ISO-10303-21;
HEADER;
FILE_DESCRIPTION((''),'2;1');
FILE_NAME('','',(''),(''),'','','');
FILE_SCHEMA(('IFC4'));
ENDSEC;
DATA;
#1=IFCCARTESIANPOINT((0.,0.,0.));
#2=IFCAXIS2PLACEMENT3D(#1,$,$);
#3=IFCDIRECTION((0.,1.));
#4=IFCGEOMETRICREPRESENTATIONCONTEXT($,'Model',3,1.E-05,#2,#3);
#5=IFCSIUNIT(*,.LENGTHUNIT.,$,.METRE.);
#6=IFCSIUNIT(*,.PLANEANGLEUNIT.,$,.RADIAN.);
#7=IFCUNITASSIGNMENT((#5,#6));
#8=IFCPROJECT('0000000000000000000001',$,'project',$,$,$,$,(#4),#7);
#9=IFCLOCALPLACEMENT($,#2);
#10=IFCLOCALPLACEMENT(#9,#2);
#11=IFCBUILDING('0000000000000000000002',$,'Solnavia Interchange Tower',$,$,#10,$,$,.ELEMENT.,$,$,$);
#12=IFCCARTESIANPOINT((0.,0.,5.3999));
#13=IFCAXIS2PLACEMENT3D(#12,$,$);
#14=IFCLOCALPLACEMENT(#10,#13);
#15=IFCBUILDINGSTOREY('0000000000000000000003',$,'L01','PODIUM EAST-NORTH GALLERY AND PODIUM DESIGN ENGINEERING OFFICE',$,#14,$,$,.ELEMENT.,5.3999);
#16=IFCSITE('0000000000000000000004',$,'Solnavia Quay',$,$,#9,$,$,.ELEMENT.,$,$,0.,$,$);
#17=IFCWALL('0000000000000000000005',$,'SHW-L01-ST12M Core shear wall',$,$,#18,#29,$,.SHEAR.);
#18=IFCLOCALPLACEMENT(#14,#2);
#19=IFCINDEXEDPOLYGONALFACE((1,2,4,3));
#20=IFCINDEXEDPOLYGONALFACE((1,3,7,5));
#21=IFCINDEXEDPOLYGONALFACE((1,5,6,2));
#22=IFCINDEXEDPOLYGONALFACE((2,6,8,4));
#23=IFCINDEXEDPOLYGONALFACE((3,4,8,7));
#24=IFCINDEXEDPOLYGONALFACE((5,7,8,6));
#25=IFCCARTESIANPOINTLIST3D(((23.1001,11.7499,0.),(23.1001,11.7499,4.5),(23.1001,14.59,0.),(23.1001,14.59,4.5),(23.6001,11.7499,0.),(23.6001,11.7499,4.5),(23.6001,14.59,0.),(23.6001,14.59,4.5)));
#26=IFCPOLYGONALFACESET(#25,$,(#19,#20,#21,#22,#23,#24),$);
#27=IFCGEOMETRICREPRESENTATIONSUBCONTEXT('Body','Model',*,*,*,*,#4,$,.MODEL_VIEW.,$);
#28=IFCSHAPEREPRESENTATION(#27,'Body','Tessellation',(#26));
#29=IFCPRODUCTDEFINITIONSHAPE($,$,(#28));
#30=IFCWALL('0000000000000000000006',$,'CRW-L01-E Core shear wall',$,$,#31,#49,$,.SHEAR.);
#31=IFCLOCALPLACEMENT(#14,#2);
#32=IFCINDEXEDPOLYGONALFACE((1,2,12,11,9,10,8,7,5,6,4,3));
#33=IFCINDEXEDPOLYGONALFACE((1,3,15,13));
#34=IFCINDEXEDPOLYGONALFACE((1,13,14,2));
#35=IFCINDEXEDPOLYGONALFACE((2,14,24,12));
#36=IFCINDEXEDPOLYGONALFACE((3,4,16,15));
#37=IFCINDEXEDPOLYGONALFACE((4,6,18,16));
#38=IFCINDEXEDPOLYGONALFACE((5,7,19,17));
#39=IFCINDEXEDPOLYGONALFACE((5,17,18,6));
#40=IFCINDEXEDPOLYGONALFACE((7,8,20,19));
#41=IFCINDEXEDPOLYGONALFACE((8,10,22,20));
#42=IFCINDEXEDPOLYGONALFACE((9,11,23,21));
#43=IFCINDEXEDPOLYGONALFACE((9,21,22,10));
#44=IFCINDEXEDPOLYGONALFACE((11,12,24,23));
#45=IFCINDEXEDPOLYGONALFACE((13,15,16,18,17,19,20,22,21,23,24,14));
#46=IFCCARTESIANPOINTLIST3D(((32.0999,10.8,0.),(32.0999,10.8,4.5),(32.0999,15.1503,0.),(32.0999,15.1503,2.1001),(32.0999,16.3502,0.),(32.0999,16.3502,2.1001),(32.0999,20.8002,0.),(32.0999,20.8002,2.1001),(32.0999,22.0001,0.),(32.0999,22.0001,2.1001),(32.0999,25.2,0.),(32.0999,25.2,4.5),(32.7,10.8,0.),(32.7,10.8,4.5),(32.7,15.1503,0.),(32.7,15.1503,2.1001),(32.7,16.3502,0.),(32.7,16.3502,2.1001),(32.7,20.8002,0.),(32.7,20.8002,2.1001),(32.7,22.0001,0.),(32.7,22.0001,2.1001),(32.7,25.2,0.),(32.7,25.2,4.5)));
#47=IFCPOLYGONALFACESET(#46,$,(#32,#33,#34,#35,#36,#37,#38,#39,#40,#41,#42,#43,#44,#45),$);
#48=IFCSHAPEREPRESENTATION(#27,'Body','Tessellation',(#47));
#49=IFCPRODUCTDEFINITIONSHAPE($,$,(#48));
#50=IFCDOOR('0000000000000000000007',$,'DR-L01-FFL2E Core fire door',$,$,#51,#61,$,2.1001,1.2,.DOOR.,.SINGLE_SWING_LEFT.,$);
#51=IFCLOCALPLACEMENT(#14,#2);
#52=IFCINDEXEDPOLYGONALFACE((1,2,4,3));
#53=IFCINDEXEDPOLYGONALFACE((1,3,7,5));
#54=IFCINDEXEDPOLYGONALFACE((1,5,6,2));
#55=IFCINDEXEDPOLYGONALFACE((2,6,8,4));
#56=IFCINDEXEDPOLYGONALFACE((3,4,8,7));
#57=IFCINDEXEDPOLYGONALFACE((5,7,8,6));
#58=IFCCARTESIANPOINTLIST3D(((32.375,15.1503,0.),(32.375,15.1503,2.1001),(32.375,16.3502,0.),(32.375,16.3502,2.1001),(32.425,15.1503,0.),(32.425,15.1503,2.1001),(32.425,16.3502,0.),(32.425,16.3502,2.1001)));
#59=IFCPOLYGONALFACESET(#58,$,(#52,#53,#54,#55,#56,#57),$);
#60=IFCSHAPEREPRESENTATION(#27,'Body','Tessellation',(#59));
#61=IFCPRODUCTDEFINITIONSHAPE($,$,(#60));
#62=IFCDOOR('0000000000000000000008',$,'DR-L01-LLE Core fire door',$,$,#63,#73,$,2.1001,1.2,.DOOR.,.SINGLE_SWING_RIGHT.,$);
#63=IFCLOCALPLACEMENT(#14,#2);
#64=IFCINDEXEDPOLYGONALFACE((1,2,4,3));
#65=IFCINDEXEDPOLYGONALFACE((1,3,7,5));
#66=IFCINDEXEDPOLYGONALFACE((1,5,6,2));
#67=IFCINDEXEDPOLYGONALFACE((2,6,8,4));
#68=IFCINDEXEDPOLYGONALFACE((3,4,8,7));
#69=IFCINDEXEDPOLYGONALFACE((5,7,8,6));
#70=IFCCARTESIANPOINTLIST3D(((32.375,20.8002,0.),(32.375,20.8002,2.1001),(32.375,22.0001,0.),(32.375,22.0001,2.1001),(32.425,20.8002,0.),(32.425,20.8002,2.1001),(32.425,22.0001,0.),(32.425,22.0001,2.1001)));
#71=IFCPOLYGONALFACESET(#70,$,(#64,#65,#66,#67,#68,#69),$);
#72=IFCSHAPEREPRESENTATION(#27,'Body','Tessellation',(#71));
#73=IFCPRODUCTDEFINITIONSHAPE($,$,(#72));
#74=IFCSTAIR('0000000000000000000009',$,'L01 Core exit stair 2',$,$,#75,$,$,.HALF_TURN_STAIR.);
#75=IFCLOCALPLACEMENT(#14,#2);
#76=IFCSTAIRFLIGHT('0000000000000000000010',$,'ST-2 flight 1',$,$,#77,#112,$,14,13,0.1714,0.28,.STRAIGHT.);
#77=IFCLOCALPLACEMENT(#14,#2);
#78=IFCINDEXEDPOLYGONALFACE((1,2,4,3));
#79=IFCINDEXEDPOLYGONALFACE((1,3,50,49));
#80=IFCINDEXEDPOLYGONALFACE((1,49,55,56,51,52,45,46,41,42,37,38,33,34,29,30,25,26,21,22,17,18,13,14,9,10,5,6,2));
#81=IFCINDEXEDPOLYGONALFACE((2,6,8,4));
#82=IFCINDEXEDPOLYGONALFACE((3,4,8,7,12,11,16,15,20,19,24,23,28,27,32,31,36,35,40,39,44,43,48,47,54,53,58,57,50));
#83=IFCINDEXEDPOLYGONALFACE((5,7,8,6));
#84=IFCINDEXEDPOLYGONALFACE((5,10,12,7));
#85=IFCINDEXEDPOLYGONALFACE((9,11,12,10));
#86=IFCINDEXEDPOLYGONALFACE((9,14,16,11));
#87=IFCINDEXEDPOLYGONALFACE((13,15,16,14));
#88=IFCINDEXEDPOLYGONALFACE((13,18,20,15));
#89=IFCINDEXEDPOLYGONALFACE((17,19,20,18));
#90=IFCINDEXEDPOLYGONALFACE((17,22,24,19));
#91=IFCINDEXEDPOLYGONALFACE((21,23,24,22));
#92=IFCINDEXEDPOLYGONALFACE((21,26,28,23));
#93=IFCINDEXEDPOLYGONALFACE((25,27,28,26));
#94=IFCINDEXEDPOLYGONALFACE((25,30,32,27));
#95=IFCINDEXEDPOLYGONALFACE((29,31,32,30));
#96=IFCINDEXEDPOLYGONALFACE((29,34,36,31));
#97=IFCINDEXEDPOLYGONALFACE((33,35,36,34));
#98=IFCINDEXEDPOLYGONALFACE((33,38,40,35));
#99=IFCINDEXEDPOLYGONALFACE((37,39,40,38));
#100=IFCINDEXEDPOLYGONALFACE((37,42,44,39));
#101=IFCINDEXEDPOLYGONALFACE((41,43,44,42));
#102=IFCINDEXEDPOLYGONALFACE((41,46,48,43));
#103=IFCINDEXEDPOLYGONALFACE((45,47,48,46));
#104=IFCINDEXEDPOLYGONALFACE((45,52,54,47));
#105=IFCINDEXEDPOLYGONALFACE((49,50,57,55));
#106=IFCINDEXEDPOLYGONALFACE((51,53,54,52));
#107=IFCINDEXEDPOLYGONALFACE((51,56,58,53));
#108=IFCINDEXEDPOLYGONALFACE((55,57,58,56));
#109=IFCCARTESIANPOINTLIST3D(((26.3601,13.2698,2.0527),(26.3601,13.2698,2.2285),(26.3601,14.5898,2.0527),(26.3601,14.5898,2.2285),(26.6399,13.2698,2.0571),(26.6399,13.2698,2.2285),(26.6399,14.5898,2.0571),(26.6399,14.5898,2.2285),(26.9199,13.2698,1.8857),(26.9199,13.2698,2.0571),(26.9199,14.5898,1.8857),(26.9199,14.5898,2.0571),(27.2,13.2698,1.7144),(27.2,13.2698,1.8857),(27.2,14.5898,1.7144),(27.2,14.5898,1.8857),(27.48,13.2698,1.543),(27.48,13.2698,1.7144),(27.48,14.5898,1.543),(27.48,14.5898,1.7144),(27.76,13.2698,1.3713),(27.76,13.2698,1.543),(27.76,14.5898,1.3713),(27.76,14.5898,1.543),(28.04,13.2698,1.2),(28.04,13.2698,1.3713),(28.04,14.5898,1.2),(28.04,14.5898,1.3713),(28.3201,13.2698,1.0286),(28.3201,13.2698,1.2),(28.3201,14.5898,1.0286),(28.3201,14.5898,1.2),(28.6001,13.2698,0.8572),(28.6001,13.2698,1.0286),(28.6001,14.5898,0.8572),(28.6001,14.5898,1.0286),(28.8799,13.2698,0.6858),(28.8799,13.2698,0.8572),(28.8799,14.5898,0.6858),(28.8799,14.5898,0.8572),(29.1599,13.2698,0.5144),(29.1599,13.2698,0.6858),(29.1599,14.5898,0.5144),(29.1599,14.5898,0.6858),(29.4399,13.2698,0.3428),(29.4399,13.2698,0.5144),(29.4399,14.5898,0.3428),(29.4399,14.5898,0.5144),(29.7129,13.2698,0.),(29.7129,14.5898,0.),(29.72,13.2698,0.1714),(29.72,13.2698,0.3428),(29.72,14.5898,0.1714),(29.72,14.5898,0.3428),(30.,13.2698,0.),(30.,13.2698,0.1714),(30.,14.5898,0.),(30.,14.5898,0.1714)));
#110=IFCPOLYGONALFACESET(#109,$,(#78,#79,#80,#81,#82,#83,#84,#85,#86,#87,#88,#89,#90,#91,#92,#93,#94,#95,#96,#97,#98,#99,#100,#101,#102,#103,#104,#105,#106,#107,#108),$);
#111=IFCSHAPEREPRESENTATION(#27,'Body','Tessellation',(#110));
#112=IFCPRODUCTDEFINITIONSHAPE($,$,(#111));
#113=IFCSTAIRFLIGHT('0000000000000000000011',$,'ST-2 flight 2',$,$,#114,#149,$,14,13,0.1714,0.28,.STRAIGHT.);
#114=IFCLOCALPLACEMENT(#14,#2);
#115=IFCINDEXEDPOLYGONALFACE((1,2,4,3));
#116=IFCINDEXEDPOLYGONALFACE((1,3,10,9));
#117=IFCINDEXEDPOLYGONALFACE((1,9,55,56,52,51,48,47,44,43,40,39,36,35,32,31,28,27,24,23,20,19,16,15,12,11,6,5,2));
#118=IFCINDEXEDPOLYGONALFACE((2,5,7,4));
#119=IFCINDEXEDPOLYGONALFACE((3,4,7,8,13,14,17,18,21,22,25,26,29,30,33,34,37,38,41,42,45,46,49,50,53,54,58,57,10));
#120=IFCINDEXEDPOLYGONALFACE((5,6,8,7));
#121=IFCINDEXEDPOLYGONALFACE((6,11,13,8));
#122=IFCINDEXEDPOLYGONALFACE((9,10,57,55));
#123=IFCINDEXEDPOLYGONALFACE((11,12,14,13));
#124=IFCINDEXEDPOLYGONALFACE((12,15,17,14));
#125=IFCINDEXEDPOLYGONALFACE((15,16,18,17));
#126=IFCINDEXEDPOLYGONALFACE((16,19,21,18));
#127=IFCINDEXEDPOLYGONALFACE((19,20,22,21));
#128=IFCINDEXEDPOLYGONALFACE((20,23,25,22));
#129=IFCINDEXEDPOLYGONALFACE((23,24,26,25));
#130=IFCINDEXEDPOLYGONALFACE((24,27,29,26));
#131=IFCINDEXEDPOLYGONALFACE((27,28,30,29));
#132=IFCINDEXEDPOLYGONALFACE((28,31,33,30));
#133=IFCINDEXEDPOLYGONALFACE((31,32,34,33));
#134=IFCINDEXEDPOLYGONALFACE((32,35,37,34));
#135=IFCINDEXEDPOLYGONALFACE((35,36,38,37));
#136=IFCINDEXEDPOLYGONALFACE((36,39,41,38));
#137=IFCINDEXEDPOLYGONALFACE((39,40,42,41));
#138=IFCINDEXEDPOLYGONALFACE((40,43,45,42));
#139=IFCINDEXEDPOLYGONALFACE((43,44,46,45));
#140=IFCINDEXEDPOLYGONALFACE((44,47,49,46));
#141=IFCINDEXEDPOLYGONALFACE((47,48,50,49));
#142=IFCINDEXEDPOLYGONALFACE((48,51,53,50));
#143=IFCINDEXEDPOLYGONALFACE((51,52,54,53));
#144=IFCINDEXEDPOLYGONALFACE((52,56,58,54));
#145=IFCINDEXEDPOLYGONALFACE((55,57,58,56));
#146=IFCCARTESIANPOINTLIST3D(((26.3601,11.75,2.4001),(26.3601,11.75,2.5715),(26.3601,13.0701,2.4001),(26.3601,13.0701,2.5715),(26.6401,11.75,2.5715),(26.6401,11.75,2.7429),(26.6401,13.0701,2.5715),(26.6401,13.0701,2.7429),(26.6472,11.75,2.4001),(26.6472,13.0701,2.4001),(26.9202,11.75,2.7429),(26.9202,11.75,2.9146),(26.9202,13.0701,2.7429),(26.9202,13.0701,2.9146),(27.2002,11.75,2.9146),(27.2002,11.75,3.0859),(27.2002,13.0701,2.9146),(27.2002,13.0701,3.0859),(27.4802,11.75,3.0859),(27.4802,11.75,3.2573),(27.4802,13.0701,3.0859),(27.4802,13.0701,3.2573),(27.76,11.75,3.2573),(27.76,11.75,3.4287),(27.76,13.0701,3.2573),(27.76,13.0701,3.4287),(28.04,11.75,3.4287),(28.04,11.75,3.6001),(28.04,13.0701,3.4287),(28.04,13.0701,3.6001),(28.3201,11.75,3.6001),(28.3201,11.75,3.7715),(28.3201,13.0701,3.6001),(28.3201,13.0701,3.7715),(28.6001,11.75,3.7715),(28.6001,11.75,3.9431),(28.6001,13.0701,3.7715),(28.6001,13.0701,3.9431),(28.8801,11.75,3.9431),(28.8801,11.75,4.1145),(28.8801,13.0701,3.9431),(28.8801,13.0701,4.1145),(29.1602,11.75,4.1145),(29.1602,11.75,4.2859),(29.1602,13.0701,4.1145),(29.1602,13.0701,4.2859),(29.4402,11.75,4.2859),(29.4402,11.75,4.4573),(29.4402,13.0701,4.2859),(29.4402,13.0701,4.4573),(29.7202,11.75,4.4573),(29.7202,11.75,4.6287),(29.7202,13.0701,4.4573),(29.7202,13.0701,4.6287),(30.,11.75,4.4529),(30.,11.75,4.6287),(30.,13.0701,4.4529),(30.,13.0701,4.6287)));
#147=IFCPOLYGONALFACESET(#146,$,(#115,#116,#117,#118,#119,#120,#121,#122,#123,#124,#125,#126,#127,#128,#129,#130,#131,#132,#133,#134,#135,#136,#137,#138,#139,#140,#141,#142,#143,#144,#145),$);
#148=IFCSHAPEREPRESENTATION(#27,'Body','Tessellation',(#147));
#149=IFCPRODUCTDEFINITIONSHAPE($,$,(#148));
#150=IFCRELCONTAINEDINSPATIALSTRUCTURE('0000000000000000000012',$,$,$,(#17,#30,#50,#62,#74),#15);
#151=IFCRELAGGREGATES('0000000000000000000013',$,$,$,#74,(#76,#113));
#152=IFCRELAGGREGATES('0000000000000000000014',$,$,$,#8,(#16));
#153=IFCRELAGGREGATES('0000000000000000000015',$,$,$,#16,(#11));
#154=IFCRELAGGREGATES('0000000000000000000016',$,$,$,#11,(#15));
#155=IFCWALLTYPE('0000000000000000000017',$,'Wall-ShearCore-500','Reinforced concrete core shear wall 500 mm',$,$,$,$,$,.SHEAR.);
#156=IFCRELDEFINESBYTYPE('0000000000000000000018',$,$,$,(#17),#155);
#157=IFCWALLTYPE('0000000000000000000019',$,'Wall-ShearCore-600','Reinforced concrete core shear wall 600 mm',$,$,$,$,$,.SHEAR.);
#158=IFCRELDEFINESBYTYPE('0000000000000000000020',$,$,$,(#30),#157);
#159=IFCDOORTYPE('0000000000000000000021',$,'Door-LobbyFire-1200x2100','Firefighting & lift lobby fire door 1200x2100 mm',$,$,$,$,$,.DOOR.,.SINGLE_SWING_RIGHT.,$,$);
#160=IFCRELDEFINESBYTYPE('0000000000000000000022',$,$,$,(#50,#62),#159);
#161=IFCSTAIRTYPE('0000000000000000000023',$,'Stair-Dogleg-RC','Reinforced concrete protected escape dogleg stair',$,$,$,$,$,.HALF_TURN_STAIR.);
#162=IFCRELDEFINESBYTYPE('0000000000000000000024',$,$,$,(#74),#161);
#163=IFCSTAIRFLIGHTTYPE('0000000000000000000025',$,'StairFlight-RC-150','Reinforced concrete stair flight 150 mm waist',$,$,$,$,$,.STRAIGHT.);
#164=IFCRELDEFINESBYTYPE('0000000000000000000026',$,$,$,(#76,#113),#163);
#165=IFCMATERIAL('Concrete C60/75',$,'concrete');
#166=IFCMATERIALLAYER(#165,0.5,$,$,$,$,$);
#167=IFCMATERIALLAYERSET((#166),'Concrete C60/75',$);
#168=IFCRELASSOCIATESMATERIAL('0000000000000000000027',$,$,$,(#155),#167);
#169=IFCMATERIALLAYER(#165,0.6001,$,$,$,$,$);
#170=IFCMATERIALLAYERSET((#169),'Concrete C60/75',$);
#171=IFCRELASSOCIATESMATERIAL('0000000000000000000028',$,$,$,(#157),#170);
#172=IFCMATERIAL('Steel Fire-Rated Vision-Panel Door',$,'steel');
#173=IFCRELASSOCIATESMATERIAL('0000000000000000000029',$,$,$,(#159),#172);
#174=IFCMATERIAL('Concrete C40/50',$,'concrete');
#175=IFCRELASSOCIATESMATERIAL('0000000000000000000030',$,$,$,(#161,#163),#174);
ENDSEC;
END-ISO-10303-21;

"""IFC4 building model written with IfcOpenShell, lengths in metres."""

from ifc_helpers import new_model, si_unit, direction, frame, frame_2d, origin, place, context, subcontext, project, spatial, polyline, rectangle, outline, extrude, material, layer, layer_set, type_object, element, fill, aggregate, save


model = new_model("IFC4")

# Units and contexts
model_context = context("Model", 3, precision=1e-05, world=origin(), true_north=direction((0.0, 1.0)))
body_context = subcontext(model_context, "Body", "Model", "MODEL_VIEW")
ifc_project = project(units=[si_unit("LENGTHUNIT", "METRE"), si_unit("PLANEANGLEUNIT", "RADIAN")], contexts=[model_context])

# Site, building, storey
site_placement = place(None, origin())
site = spatial("IfcSite", under=ifc_project, at=site_placement, Name="Solnavia Quay", CompositionType="ELEMENT", RefElevation=0.0)
building_placement = place(site_placement, origin())
building = spatial("IfcBuilding", under=site, at=building_placement, Name="Solnavia Interchange Tower", CompositionType="ELEMENT")
storey_placement = place(building_placement, frame((0.0, 0.0, 5.3999)))
storey = spatial("IfcBuildingStorey", under=building, at=storey_placement, Name="L01", Description="PODIUM EAST-NORTH GALLERY AND PODIUM DESIGN ENGINEERING OFFICE", CompositionType="ELEMENT", Elevation=5.3999)

# Shared definitions
ifc_material_1 = material(Name="Concrete C60/75", Category="concrete")

# Shared definitions
ifc_material_2 = material(Name="Concrete C40/50", Category="concrete")

# Wall
ifc_layer_1 = layer(ifc_material_1, 0.5)
ifc_layer_set_1 = layer_set([ifc_layer_1], Name="Concrete C60/75")
wall_type_1 = type_object("IfcWallType", Name="Wall-ShearCore-500", Description="Reinforced concrete core shear wall 500 mm", PredefinedType="SHEAR", material=ifc_layer_set_1)
wall_1_placement = place(storey_placement, frame((23.3501, 11.75, 0.0), z_axis=(0.0, 0.0, 1.0), x_axis=(0.0, 1.0, 0.0)))
element("IfcWall", 1, at=wall_1_placement, inside=storey, type_object=wall_type_1, Name="SHW-L01-ST12M Core shear wall", PredefinedType="SHEAR", context=body_context, shape_type="SweptSolid", body=[
    extrude(rectangle(XDim=2.8401, YDim=0.5, at=frame_2d((1.4199, 0.0))), origin(), (0.0, 0.0, 1.0), 4.5),
])

# Wall, openings, doors
ifc_layer_2 = layer(ifc_material_1, 0.6001)
ifc_layer_set_2 = layer_set([ifc_layer_2], Name="Concrete C60/75")
wall_type_2 = type_object("IfcWallType", Name="Wall-ShearCore-600", Description="Reinforced concrete core shear wall 600 mm", PredefinedType="SHEAR", material=ifc_layer_set_2)
wall_2_placement = place(storey_placement, frame((32.3999, 10.8, 0.0), z_axis=(0.0, 0.0, 1.0), x_axis=(0.0, 1.0, 0.0)))
wall_2 = element("IfcWall", 2, at=wall_2_placement, inside=storey, type_object=wall_type_2, Name="CRW-L01-E Core shear wall", PredefinedType="SHEAR", context=body_context, shape_type="SweptSolid", body=[
    extrude(rectangle(XDim=14.3999, YDim=0.6001, at=frame_2d((7.2, 0.0))), origin(), (0.0, 0.0, 1.0), 4.5),
])
opening_1_placement = place(wall_2_placement, frame((4.3501, 0.0, 0.0)))
opening_1 = element("IfcOpeningElement", 3, at=opening_1_placement, cuts=wall_2, PredefinedType="OPENING", context=body_context, shape_type="SweptSolid", body=[
    extrude(rectangle(XDim=1.2, YDim=2.1001, at=frame_2d((0.6001, 1.05))), frame((0.0, 0.3101, 0.0), z_axis=(0.0, -1.0, 0.0), x_axis=(1.0, 0.0, 0.0)), (0.0, 0.0, 1.0), 0.6201),
])
opening_2_placement = place(wall_2_placement, frame((10.0, 0.0, 0.0)))
opening_2 = element("IfcOpeningElement", 4, at=opening_2_placement, cuts=wall_2, PredefinedType="OPENING", context=body_context, shape_type="SweptSolid", body=[
    extrude(rectangle(XDim=1.2, YDim=2.1001, at=frame_2d((0.6001, 1.05))), frame((0.0, 0.3101, 0.0), z_axis=(0.0, -1.0, 0.0), x_axis=(1.0, 0.0, 0.0)), (0.0, 0.0, 1.0), 0.6201),
])
ifc_material_3 = material(Name="Steel Fire-Rated Vision-Panel Door", Category="steel")
door_type_1 = type_object("IfcDoorType", Name="Door-LobbyFire-1200x2100", Description="Firefighting & lift lobby fire door 1200x2100 mm", OperationType="SINGLE_SWING_RIGHT", PredefinedType="DOOR", material=ifc_material_3)
door_1_placement = place(opening_1_placement, origin())
door_1 = element("IfcDoor", 5, at=door_1_placement, inside=storey, type_object=door_type_1, Name="DR-L01-FFL2E Core fire door", OperationType="SINGLE_SWING_LEFT", OverallHeight=2.1001, OverallWidth=1.2, PredefinedType="DOOR", context=body_context, shape_type="SweptSolid", body=[
    extrude(rectangle(XDim=1.2, YDim=2.1001, at=frame_2d((0.6001, 1.05))), frame((0.0, 0.0249, 0.0), z_axis=(0.0, -1.0, 0.0), x_axis=(1.0, 0.0, 0.0)), (0.0, 0.0, 1.0), 0.05),
])
fill(opening_1, door_1)
door_2_placement = place(opening_2_placement, origin())
door_2 = element("IfcDoor", 6, at=door_2_placement, inside=storey, type_object=door_type_1, Name="DR-L01-LLE Core fire door", OperationType="SINGLE_SWING_RIGHT", OverallHeight=2.1001, OverallWidth=1.2, PredefinedType="DOOR", context=body_context, shape_type="SweptSolid", body=[
    extrude(rectangle(XDim=1.2, YDim=2.1001, at=frame_2d((0.6001, 1.05))), frame((0.0, 0.0249, 0.0), z_axis=(0.0, -1.0, 0.0), x_axis=(1.0, 0.0, 0.0)), (0.0, 0.0, 1.0), 0.05),
])
fill(opening_2, door_2)

# Stair, stair flights
stair_type = type_object("IfcStairType", Name="Stair-Dogleg-RC", Description="Reinforced concrete protected escape dogleg stair", PredefinedType="HALF_TURN_STAIR", material=ifc_material_2)
stair_placement = place(storey_placement, origin())
stair = element("IfcStair", 7, at=stair_placement, inside=storey, type_object=stair_type, Name="L01 Core exit stair 2", PredefinedType="HALF_TURN_STAIR")
stair_flight_type = type_object("IfcStairFlightType", Name="StairFlight-RC-150", Description="Reinforced concrete stair flight 150 mm waist", PredefinedType="STRAIGHT", material=ifc_material_2)
stair_flight_1_placement = place(storey_placement, frame((30.0, 13.9299, 0.0), z_axis=(0.0, 0.0, 1.0), x_axis=(-1.0, 0.0, 0.0)))
stair_flight_1 = element("IfcStairFlight", 8, at=stair_flight_1_placement, type_object=stair_flight_type, Name="ST-2 flight 1", NumberOfRisers=14, NumberOfTreads=13, PredefinedType="STRAIGHT", RiserHeight=0.1714, TreadLength=0.28, context=body_context, shape_type="SweptSolid", body=[
    extrude(outline(polyline([(0.0, 0.0), (0.0, 0.1714), (0.28, 0.1714), (0.28, 0.3428), (0.5601, 0.3428), (0.5601, 0.5144), (0.8401, 0.5144), (0.8401, 0.6858), (1.1201, 0.6858), (1.1201, 0.8572), (1.3999, 0.8572), (1.3999, 1.0286), (1.6799, 1.0286), (1.6799, 1.2), (1.96, 1.2), (1.96, 1.3713), (2.24, 1.3713), (2.24, 1.543), (2.52, 1.543), (2.52, 1.7144), (2.8, 1.7144), (2.8, 1.8857), (3.0801, 1.8857), (3.0801, 2.0571), (3.3601, 2.0571), (3.3601, 2.2285), (3.6399, 2.2285), (3.6399, 2.3999), (3.6399, 2.0527), (0.2871, 0.0), (0.0, 0.0)])), frame((0.0, 0.6602, 0.0), z_axis=(0.0, -1.0, 0.0), x_axis=(1.0, 0.0, 0.0)), (0.0, 0.0, 1.0), 1.3201),
])
stair_flight_2_placement = place(storey_placement, frame((26.3601, 12.4099, 2.4001), z_axis=(0.0, 0.0, 1.0), x_axis=(1.0, 0.0, 0.0)))
stair_flight_2 = element("IfcStairFlight", 9, at=stair_flight_2_placement, type_object=stair_flight_type, Name="ST-2 flight 2", NumberOfRisers=14, NumberOfTreads=13, PredefinedType="STRAIGHT", RiserHeight=0.1714, TreadLength=0.28, context=body_context, shape_type="SweptSolid", body=[
    extrude(outline(polyline([(0.0, 0.0), (0.0, 0.1714), (0.28, 0.1714), (0.28, 0.3428), (0.5601, 0.3428), (0.5601, 0.5144), (0.8401, 0.5144), (0.8401, 0.6858), (1.1201, 0.6858), (1.1201, 0.8572), (1.3999, 0.8572), (1.3999, 1.0286), (1.6799, 1.0286), (1.6799, 1.2), (1.96, 1.2), (1.96, 1.3713), (2.24, 1.3713), (2.24, 1.543), (2.52, 1.543), (2.52, 1.7144), (2.8, 1.7144), (2.8, 1.8857), (3.0801, 1.8857), (3.0801, 2.0571), (3.3601, 2.0571), (3.3601, 2.2285), (3.6399, 2.2285), (3.6399, 2.3999), (3.6399, 2.0527), (0.2871, 0.0), (0.0, 0.0)])), frame((0.0, 0.6602, 0.0), z_axis=(0.0, -1.0, 0.0), x_axis=(1.0, 0.0, 0.0)), (0.0, 0.0, 1.0), 1.3201),
])
aggregate(stair, [stair_flight_1, stair_flight_2])

save(model, "model.ifc")
